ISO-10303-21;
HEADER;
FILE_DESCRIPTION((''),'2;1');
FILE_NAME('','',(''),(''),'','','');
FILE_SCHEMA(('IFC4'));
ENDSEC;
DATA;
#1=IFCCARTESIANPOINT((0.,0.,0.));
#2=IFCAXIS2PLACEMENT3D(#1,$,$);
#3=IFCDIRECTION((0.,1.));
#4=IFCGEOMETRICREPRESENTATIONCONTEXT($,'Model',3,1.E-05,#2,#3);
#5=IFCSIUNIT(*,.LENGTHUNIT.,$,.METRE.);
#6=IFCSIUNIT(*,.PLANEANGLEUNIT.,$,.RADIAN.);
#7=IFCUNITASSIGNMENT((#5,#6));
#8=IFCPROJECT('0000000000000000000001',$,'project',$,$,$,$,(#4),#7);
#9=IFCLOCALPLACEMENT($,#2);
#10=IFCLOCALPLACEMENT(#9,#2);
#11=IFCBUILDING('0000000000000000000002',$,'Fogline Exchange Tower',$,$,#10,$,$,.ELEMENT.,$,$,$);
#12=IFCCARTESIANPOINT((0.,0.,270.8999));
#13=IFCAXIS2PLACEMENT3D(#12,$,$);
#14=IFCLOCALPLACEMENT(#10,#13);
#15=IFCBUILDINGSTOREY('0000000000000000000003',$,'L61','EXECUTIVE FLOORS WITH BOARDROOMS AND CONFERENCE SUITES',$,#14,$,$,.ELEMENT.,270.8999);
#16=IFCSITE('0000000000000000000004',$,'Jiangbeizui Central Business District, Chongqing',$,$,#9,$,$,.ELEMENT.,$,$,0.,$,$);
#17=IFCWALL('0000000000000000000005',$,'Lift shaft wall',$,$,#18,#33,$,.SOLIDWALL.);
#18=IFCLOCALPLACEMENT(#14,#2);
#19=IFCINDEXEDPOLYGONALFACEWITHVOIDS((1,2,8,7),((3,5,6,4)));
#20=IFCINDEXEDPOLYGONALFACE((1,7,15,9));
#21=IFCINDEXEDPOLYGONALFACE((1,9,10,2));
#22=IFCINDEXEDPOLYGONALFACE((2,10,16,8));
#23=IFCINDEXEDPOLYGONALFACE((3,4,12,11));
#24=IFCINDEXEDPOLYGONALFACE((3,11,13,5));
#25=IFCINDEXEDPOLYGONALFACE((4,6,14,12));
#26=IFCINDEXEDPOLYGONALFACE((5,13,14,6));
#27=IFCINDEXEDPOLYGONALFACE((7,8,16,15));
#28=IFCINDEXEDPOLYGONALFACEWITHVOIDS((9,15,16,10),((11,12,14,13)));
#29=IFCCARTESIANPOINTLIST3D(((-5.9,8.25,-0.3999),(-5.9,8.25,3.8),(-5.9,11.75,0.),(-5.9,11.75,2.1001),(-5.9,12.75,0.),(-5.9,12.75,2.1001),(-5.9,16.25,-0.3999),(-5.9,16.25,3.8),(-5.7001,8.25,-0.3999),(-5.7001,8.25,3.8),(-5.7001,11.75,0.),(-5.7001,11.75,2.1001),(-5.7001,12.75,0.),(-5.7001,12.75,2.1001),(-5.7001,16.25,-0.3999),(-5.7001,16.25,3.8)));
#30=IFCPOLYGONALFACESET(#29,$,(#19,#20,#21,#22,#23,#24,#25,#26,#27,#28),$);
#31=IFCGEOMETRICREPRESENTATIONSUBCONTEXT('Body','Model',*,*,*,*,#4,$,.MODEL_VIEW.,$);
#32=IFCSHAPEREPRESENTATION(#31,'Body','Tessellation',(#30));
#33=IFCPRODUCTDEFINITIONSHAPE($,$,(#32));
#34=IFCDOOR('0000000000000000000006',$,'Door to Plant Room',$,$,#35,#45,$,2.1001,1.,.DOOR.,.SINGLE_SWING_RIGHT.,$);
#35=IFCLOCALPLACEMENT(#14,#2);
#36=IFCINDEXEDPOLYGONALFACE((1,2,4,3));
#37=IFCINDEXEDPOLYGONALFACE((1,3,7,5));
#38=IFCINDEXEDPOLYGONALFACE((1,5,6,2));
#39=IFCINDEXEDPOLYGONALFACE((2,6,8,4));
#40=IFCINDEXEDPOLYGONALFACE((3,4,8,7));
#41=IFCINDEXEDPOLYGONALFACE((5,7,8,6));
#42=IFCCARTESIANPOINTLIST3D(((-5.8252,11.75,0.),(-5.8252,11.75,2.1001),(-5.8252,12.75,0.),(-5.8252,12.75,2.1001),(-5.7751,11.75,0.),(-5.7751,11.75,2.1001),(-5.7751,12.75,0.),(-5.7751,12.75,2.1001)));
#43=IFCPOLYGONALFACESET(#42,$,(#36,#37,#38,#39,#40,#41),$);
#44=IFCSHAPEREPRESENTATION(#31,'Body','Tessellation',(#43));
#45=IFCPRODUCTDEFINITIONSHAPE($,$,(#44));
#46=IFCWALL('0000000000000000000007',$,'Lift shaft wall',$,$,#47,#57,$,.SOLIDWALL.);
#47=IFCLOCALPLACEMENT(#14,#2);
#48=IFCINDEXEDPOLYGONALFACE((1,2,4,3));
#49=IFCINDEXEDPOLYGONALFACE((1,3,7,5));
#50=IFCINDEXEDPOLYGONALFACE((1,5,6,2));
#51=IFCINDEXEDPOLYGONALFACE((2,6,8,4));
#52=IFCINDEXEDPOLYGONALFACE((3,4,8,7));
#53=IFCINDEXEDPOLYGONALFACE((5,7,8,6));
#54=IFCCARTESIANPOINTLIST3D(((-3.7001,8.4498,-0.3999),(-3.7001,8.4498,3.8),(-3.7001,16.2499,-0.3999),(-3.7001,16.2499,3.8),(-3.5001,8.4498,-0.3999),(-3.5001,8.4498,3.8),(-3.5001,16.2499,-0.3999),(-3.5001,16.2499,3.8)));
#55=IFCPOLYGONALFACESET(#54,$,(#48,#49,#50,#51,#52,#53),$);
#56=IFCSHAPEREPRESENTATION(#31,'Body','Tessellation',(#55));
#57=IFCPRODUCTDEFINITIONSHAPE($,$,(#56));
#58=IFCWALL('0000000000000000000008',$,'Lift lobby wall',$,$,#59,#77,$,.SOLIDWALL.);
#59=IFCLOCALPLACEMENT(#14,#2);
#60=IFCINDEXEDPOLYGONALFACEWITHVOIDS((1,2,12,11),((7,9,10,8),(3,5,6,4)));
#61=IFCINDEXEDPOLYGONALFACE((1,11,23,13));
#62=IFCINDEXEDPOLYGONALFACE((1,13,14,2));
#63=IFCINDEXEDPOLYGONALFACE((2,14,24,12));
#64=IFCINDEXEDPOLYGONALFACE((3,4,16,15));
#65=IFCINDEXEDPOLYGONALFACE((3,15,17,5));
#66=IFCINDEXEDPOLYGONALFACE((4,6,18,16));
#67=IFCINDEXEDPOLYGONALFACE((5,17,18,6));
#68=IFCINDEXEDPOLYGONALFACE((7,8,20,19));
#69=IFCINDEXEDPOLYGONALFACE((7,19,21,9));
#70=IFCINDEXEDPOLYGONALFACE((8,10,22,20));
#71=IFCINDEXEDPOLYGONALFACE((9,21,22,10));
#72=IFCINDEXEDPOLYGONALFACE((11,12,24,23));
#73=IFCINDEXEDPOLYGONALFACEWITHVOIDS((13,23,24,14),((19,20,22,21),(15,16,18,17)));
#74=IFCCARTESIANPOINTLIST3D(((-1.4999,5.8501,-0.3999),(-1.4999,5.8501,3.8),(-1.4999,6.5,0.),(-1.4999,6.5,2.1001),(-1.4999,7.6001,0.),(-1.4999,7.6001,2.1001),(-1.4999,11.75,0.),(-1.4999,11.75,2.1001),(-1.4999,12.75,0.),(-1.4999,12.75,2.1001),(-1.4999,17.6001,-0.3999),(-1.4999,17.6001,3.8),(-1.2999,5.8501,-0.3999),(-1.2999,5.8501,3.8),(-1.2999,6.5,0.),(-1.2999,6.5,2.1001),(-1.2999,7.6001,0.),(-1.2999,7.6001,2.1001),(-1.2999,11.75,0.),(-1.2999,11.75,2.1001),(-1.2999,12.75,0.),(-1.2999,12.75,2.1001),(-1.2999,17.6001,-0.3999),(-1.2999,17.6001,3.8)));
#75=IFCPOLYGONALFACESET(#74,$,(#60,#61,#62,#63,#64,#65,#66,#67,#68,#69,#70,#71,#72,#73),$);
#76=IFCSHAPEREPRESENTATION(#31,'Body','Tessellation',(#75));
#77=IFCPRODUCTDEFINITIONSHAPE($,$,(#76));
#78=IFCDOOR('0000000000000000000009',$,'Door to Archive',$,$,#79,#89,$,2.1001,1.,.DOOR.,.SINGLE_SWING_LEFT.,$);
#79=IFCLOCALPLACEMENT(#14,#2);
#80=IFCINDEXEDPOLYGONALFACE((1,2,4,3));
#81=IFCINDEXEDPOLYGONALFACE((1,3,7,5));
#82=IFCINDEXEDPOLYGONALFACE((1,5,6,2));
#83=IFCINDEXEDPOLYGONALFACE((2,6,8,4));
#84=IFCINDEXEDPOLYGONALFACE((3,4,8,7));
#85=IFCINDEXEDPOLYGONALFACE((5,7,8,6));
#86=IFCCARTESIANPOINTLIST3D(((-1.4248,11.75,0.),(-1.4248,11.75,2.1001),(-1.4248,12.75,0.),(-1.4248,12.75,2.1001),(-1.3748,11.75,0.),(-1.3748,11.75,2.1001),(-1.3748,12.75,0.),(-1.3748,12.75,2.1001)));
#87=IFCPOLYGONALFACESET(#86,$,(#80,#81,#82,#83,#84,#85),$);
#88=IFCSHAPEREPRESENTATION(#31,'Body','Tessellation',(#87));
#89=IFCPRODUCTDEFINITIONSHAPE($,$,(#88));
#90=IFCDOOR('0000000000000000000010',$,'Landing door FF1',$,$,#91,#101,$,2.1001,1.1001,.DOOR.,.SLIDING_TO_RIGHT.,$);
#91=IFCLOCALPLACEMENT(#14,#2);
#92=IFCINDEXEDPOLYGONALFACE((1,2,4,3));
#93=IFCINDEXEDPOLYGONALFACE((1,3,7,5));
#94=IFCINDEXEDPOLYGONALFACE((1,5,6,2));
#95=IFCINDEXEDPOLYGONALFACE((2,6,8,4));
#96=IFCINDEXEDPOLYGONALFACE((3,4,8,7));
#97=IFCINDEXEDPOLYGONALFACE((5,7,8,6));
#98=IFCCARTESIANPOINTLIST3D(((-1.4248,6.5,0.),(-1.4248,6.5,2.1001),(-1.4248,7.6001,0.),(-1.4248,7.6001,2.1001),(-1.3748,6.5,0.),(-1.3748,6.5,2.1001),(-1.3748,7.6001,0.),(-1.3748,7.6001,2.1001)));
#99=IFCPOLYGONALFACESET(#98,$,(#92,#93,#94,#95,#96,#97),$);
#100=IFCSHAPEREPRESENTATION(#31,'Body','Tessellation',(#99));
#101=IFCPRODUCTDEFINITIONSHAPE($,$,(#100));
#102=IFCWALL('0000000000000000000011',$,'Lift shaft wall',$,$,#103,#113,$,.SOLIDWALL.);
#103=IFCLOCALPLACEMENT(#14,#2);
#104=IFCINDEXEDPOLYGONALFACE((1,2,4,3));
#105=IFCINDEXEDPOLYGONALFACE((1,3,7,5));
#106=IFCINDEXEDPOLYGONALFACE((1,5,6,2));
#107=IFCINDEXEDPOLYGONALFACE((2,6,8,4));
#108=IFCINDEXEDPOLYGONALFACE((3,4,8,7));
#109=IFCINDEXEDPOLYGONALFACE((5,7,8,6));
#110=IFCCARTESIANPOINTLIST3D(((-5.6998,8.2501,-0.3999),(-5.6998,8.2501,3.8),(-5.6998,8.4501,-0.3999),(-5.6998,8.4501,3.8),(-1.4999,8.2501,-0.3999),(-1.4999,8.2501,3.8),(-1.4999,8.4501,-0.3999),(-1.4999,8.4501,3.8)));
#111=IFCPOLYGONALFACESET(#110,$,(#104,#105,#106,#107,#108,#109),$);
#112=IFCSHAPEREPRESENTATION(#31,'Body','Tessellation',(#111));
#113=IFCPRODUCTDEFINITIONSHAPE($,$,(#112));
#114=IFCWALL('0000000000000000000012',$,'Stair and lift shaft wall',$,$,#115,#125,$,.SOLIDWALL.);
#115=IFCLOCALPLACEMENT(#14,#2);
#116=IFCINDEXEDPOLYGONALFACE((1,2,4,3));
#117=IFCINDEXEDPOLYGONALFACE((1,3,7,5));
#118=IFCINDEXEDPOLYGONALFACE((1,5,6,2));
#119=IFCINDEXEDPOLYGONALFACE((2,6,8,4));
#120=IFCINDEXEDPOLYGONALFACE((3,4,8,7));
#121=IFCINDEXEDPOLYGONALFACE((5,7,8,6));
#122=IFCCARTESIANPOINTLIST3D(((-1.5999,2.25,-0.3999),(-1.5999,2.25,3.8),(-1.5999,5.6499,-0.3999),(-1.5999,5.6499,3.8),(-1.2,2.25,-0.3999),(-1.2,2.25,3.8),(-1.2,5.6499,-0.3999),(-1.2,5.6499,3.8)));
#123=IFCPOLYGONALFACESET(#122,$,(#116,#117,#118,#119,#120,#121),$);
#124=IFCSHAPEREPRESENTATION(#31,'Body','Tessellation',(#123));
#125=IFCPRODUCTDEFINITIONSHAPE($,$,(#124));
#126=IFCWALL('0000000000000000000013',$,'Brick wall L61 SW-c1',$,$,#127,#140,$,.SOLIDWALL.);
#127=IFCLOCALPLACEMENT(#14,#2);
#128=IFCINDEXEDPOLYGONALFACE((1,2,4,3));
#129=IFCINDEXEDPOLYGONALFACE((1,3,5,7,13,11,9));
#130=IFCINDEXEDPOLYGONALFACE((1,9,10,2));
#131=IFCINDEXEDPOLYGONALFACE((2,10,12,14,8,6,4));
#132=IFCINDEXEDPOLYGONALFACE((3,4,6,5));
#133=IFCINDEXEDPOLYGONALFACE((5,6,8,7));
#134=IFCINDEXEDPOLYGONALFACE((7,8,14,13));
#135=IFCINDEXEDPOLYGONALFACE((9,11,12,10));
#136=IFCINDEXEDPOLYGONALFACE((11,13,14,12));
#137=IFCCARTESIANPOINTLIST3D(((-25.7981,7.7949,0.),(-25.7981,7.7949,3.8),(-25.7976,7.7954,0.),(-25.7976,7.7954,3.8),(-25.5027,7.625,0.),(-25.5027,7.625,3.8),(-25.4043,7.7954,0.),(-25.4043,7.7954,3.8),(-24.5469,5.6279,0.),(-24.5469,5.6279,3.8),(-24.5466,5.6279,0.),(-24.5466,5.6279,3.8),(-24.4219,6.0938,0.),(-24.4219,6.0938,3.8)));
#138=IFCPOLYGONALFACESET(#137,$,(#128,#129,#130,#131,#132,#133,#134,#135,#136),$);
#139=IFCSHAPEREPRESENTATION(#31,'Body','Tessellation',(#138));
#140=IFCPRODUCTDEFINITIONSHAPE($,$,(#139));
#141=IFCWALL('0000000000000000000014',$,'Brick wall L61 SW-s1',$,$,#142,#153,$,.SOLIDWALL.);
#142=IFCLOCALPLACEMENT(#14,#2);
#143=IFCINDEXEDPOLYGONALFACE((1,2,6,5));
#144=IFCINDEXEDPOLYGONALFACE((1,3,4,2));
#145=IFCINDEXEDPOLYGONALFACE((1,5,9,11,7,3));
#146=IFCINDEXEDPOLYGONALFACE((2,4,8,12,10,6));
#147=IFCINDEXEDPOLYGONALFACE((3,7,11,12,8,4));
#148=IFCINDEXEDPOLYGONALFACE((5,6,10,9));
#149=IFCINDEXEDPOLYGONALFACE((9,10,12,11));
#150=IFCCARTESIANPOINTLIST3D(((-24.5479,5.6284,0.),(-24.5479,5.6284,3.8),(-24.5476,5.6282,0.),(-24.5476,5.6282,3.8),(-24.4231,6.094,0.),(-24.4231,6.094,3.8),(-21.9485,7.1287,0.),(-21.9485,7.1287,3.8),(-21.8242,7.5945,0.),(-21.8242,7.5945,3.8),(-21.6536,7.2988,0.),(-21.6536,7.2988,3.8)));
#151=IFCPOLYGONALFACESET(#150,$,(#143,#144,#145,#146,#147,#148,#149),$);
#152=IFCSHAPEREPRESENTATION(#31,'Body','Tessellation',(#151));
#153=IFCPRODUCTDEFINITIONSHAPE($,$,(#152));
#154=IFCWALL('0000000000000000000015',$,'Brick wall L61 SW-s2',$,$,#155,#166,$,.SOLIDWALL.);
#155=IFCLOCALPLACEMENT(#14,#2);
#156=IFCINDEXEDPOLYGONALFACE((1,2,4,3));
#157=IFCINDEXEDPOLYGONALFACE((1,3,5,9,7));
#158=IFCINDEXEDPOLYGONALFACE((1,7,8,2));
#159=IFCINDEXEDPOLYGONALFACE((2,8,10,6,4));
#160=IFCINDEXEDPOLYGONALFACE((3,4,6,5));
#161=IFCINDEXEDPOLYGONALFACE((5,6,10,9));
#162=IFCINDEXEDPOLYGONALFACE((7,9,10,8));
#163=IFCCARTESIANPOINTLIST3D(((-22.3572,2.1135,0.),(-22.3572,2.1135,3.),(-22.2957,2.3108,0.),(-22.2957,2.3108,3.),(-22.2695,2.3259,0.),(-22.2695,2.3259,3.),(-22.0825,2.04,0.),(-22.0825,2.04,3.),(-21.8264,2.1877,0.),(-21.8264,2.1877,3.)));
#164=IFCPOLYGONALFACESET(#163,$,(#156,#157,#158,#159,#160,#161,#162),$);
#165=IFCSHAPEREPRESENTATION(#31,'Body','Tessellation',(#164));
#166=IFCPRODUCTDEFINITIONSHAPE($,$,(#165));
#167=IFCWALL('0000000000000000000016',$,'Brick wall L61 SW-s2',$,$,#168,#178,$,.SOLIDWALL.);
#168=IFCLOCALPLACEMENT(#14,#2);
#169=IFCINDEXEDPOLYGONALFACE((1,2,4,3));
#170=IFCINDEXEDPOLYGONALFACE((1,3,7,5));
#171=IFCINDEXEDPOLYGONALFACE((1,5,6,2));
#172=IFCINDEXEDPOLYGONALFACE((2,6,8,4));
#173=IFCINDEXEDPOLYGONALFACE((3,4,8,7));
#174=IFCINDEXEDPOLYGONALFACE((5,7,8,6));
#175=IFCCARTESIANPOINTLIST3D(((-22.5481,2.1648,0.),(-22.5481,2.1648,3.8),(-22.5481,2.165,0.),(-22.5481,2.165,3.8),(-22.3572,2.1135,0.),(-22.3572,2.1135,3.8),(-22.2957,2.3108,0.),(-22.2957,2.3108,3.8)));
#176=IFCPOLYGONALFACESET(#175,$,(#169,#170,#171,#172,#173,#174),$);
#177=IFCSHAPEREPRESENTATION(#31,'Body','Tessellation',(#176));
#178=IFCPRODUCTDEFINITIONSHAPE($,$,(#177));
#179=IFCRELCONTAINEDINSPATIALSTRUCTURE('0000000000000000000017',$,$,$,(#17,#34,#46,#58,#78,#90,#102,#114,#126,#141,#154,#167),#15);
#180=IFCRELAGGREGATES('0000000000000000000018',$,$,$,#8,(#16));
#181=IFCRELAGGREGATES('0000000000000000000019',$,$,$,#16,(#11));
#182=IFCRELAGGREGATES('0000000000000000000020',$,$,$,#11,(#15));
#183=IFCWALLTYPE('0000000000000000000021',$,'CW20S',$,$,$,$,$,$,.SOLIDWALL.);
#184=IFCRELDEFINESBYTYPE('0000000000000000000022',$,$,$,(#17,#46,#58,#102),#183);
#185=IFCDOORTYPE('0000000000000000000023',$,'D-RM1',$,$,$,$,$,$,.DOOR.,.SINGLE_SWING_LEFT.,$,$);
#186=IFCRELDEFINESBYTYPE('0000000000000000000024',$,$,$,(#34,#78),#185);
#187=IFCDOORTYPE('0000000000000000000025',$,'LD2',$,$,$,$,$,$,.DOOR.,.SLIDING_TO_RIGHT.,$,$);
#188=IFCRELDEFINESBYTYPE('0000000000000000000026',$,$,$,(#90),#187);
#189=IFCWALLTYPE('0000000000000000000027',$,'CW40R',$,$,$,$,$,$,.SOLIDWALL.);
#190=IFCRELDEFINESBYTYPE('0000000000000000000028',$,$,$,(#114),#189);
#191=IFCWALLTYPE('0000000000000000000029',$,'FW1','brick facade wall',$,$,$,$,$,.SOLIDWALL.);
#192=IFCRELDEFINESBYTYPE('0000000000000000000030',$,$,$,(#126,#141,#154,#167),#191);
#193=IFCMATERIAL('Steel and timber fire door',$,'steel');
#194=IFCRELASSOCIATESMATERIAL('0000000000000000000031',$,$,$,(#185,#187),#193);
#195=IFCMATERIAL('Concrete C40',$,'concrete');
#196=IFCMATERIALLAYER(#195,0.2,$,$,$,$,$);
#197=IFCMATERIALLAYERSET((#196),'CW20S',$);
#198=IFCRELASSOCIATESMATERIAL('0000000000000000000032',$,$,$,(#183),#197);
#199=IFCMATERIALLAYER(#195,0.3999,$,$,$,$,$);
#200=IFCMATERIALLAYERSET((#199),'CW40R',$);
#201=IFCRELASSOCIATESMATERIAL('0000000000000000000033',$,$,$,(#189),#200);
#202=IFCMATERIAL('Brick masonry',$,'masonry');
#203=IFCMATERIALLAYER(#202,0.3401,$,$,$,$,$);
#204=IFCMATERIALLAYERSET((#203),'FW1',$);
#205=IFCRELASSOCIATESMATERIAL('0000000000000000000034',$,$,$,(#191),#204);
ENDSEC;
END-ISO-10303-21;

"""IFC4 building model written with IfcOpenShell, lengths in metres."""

from ifc_helpers import new_model, si_unit, direction, frame, frame_2d, origin, place, context, subcontext, project, spatial, polyline, rectangle, outline, extrude, material, layer, layer_set, type_object, element, fill, save


model = new_model("IFC4")

# Units and contexts
model_context = context("Model", 3, precision=1e-05, world=origin(), true_north=direction((0.0, 1.0)))
body_context = subcontext(model_context, "Body", "Model", "MODEL_VIEW")
ifc_project = project(units=[si_unit("LENGTHUNIT", "METRE"), si_unit("PLANEANGLEUNIT", "RADIAN")], contexts=[model_context])

# Site, building, storey
site_placement = place(None, origin())
site = spatial("IfcSite", under=ifc_project, at=site_placement, Name="Jiangbeizui Central Business District, Chongqing", CompositionType="ELEMENT", RefElevation=0.0)
building_placement = place(site_placement, origin())
building = spatial("IfcBuilding", under=site, at=building_placement, Name="Fogline Exchange Tower", CompositionType="ELEMENT")
storey_placement = place(building_placement, frame((0.0, 0.0, 270.8999)))
storey = spatial("IfcBuildingStorey", under=building, at=storey_placement, Name="L61", Description="EXECUTIVE FLOORS WITH BOARDROOMS AND CONFERENCE SUITES", CompositionType="ELEMENT", Elevation=270.8999)

# Shared definitions
ifc_material_1 = material(Name="Concrete C40", Category="concrete")

# Shared definitions
ifc_material_2 = material(Name="Steel and timber fire door", Category="steel")

# Wall, opening, door
door_type_1 = type_object("IfcDoorType", Name="D-RM1", OperationType="SINGLE_SWING_LEFT", PredefinedType="DOOR", material=ifc_material_2)
ifc_layer_1 = layer(ifc_material_1, 0.2)
ifc_layer_set_1 = layer_set([ifc_layer_1], Name="CW20S")
wall_type_1 = type_object("IfcWallType", Name="CW20S", PredefinedType="SOLIDWALL", material=ifc_layer_set_1)
wall_1_placement = place(storey_placement, frame((-5.8, 8.25, -0.3999), z_axis=(0.0, 0.0, 1.0), x_axis=(0.0, 1.0, 0.0)))
wall_1 = element("IfcWall", 1, at=wall_1_placement, inside=storey, type_object=wall_type_1, Name="Lift shaft wall", PredefinedType="SOLIDWALL", context=body_context, shape_type="SweptSolid", body=[
    extrude(rectangle(XDim=8.0, YDim=0.2, at=frame_2d((4.0, 0.0))), origin(), (0.0, 0.0, 1.0), 4.2),
])
opening_1_placement = place(wall_1_placement, frame((3.5, 0.0, 0.3999)))
opening_1 = element("IfcOpeningElement", 2, at=opening_1_placement, cuts=wall_1, PredefinedType="OPENING", context=body_context, shape_type="SweptSolid", body=[
    extrude(rectangle(XDim=1.0, YDim=2.1001, at=frame_2d((0.5, 1.05))), frame((0.0, 0.1099, 0.0), z_axis=(0.0, -1.0, 0.0), x_axis=(1.0, 0.0, 0.0)), (0.0, 0.0, 1.0), 0.22),
])
door_1_placement = place(opening_1_placement, frame((1.0, 0.0, 0.0), z_axis=(0.0, 0.0, 1.0), x_axis=(-1.0, 0.0, 0.0)))
door_1 = element("IfcDoor", 3, at=door_1_placement, inside=storey, type_object=door_type_1, Name="Door to Plant Room", OperationType="SINGLE_SWING_RIGHT", OverallHeight=2.1001, OverallWidth=1.0, PredefinedType="DOOR", context=body_context, shape_type="SweptSolid", body=[
    extrude(rectangle(XDim=1.0, YDim=2.1001, at=frame_2d((0.5, 1.05))), frame((0.0, 0.0249, 0.0), z_axis=(0.0, -1.0, 0.0), x_axis=(1.0, 0.0, 0.0)), (0.0, 0.0, 1.0), 0.05),
])
fill(opening_1, door_1)

# Wall
wall_2_placement = place(storey_placement, frame((-3.6001, 8.45, -0.3999), z_axis=(0.0, 0.0, 1.0), x_axis=(0.0, 1.0, 0.0)))
element("IfcWall", 4, at=wall_2_placement, inside=storey, type_object=wall_type_1, Name="Lift shaft wall", PredefinedType="SOLIDWALL", context=body_context, shape_type="SweptSolid", body=[
    extrude(rectangle(XDim=7.8, YDim=0.2, at=frame_2d((3.8999, 0.0))), origin(), (0.0, 0.0, 1.0), 4.2),
])

# Wall, openings, doors
wall_3_placement = place(storey_placement, frame((-1.3999, 5.8501, -0.3999), z_axis=(0.0, 0.0, 1.0), x_axis=(0.0, 1.0, 0.0)))
wall_3 = element("IfcWall", 5, at=wall_3_placement, inside=storey, type_object=wall_type_1, Name="Lift lobby wall", PredefinedType="SOLIDWALL", context=body_context, shape_type="SweptSolid", body=[
    extrude(rectangle(XDim=11.75, YDim=0.2, at=frame_2d((5.875, 0.0))), origin(), (0.0, 0.0, 1.0), 4.2),
])
opening_2_placement = place(wall_3_placement, frame((0.6499, 0.0, 0.3999)))
opening_2 = element("IfcOpeningElement", 6, at=opening_2_placement, cuts=wall_3, PredefinedType="OPENING", context=body_context, shape_type="SweptSolid", body=[
    extrude(rectangle(XDim=1.1001, YDim=2.1001, at=frame_2d((0.55, 1.05))), frame((0.0, 0.1099, 0.0), z_axis=(0.0, -1.0, 0.0), x_axis=(1.0, 0.0, 0.0)), (0.0, 0.0, 1.0), 0.22),
])
opening_3_placement = place(wall_3_placement, frame((5.8999, 0.0, 0.3999)))
opening_3 = element("IfcOpeningElement", 7, at=opening_3_placement, cuts=wall_3, PredefinedType="OPENING", context=body_context, shape_type="SweptSolid", body=[
    extrude(rectangle(XDim=1.0, YDim=2.1001, at=frame_2d((0.5, 1.05))), frame((0.0, 0.1099, 0.0), z_axis=(0.0, -1.0, 0.0), x_axis=(1.0, 0.0, 0.0)), (0.0, 0.0, 1.0), 0.22),
])
door_2_placement = place(opening_3_placement, origin())
door_2 = element("IfcDoor", 8, at=door_2_placement, inside=storey, type_object=door_type_1, Name="Door to Archive", OperationType="SINGLE_SWING_LEFT", OverallHeight=2.1001, OverallWidth=1.0, PredefinedType="DOOR", context=body_context, shape_type="SweptSolid", body=[
    extrude(rectangle(XDim=1.0, YDim=2.1001, at=frame_2d((0.5, 1.05))), frame((0.0, 0.0249, 0.0), z_axis=(0.0, -1.0, 0.0), x_axis=(1.0, 0.0, 0.0)), (0.0, 0.0, 1.0), 0.05),
])
fill(opening_3, door_2)
door_type_2 = type_object("IfcDoorType", Name="LD2", OperationType="SLIDING_TO_RIGHT", PredefinedType="DOOR", material=ifc_material_2)
door_3_placement = place(opening_2_placement, origin())
door_3 = element("IfcDoor", 9, at=door_3_placement, inside=storey, type_object=door_type_2, Name="Landing door FF1", OperationType="SLIDING_TO_RIGHT", OverallHeight=2.1001, OverallWidth=1.1001, PredefinedType="DOOR", context=body_context, shape_type="SweptSolid", body=[
    extrude(rectangle(XDim=1.1001, YDim=2.1001, at=frame_2d((0.55, 1.05))), frame((0.0, 0.0249, 0.0), z_axis=(0.0, -1.0, 0.0), x_axis=(1.0, 0.0, 0.0)), (0.0, 0.0, 1.0), 0.05),
])
fill(opening_2, door_3)

# Walls
wall_4_placement = place(storey_placement, frame((-5.7, 8.3501, -0.3999), z_axis=(0.0, 0.0, 1.0), x_axis=(1.0, 0.0, 0.0)))
element("IfcWall", 10, at=wall_4_placement, inside=storey, type_object=wall_type_1, Name="Lift shaft wall", PredefinedType="SOLIDWALL", context=body_context, shape_type="SweptSolid", body=[
    extrude(rectangle(XDim=4.2, YDim=0.2, at=frame_2d((2.1001, 0.0))), origin(), (0.0, 0.0, 1.0), 4.2),
])
ifc_layer_2 = layer(ifc_material_1, 0.3999)
ifc_layer_set_2 = layer_set([ifc_layer_2], Name="CW40R")
wall_type_2 = type_object("IfcWallType", Name="CW40R", PredefinedType="SOLIDWALL", material=ifc_layer_set_2)
wall_5_placement = place(storey_placement, frame((-1.3999, 2.25, -0.3999), z_axis=(0.0, 0.0, 1.0), x_axis=(0.0, 1.0, 0.0)))
element("IfcWall", 11, at=wall_5_placement, inside=storey, type_object=wall_type_2, Name="Stair and lift shaft wall", PredefinedType="SOLIDWALL", context=body_context, shape_type="SweptSolid", body=[
    extrude(rectangle(XDim=3.3999, YDim=0.3999, at=frame_2d((1.7, 0.0))), origin(), (0.0, 0.0, 1.0), 4.2),
])
ifc_material_3 = material(Name="Brick masonry", Category="masonry")
ifc_layer_3 = layer(ifc_material_3, 0.3401)
ifc_layer_set_3 = layer_set([ifc_layer_3], Name="FW1")
wall_type_3 = type_object("IfcWallType", Name="FW1", Description="brick facade wall", PredefinedType="SOLIDWALL", material=ifc_layer_set_3)
wall_6_placement = place(storey_placement, origin())
element("IfcWall", 12, at=wall_6_placement, inside=storey, type_object=wall_type_3, Name="Brick wall L61 SW-c1", PredefinedType="SOLIDWALL", context=body_context, shape_type="SweptSolid", body=[
    extrude(outline(polyline([(-24.5469, 5.6279), (-25.7981, 7.7949), (-25.7976, 7.7954), (-25.5027, 7.625), (-25.4043, 7.7954), (-24.4219, 6.0938), (-24.5466, 5.6279), (-24.5469, 5.6279)])), origin(), (0.0, 0.0, 1.0), 3.8),
])
wall_7_placement = place(storey_placement, origin())
element("IfcWall", 13, at=wall_7_placement, inside=storey, type_object=wall_type_3, Name="Brick wall L61 SW-s1", PredefinedType="SOLIDWALL", context=body_context, shape_type="SweptSolid", body=[
    extrude(outline(polyline([(-21.8242, 7.5945), (-21.6536, 7.2988), (-21.9485, 7.1287), (-24.5476, 5.6282), (-24.5479, 5.6284), (-24.4231, 6.094), (-21.8242, 7.5945)])), origin(), (0.0, 0.0, 1.0), 3.8),
])
wall_8_placement = place(storey_placement, origin())
element("IfcWall", 14, at=wall_8_placement, inside=storey, type_object=wall_type_3, Name="Brick wall L61 SW-s2", PredefinedType="SOLIDWALL", context=body_context, shape_type="SweptSolid", body=[
    extrude(outline(polyline([(-22.2695, 2.3259), (-21.8264, 2.1877), (-22.0825, 2.04), (-22.3572, 2.1135), (-22.2957, 2.3108), (-22.2695, 2.3259)])), origin(), (0.0, 0.0, 1.0), 3.0),
])
wall_9_placement = place(storey_placement, origin())
element("IfcWall", 15, at=wall_9_placement, inside=storey, type_object=wall_type_3, Name="Brick wall L61 SW-s2", PredefinedType="SOLIDWALL", context=body_context, shape_type="SweptSolid", body=[
    extrude(outline(polyline([(-22.2957, 2.3108), (-22.3572, 2.1135), (-22.5481, 2.1648), (-22.5481, 2.165), (-22.2957, 2.3108)])), origin(), (0.0, 0.0, 1.0), 3.8),
])

save(model, "model.ifc")
